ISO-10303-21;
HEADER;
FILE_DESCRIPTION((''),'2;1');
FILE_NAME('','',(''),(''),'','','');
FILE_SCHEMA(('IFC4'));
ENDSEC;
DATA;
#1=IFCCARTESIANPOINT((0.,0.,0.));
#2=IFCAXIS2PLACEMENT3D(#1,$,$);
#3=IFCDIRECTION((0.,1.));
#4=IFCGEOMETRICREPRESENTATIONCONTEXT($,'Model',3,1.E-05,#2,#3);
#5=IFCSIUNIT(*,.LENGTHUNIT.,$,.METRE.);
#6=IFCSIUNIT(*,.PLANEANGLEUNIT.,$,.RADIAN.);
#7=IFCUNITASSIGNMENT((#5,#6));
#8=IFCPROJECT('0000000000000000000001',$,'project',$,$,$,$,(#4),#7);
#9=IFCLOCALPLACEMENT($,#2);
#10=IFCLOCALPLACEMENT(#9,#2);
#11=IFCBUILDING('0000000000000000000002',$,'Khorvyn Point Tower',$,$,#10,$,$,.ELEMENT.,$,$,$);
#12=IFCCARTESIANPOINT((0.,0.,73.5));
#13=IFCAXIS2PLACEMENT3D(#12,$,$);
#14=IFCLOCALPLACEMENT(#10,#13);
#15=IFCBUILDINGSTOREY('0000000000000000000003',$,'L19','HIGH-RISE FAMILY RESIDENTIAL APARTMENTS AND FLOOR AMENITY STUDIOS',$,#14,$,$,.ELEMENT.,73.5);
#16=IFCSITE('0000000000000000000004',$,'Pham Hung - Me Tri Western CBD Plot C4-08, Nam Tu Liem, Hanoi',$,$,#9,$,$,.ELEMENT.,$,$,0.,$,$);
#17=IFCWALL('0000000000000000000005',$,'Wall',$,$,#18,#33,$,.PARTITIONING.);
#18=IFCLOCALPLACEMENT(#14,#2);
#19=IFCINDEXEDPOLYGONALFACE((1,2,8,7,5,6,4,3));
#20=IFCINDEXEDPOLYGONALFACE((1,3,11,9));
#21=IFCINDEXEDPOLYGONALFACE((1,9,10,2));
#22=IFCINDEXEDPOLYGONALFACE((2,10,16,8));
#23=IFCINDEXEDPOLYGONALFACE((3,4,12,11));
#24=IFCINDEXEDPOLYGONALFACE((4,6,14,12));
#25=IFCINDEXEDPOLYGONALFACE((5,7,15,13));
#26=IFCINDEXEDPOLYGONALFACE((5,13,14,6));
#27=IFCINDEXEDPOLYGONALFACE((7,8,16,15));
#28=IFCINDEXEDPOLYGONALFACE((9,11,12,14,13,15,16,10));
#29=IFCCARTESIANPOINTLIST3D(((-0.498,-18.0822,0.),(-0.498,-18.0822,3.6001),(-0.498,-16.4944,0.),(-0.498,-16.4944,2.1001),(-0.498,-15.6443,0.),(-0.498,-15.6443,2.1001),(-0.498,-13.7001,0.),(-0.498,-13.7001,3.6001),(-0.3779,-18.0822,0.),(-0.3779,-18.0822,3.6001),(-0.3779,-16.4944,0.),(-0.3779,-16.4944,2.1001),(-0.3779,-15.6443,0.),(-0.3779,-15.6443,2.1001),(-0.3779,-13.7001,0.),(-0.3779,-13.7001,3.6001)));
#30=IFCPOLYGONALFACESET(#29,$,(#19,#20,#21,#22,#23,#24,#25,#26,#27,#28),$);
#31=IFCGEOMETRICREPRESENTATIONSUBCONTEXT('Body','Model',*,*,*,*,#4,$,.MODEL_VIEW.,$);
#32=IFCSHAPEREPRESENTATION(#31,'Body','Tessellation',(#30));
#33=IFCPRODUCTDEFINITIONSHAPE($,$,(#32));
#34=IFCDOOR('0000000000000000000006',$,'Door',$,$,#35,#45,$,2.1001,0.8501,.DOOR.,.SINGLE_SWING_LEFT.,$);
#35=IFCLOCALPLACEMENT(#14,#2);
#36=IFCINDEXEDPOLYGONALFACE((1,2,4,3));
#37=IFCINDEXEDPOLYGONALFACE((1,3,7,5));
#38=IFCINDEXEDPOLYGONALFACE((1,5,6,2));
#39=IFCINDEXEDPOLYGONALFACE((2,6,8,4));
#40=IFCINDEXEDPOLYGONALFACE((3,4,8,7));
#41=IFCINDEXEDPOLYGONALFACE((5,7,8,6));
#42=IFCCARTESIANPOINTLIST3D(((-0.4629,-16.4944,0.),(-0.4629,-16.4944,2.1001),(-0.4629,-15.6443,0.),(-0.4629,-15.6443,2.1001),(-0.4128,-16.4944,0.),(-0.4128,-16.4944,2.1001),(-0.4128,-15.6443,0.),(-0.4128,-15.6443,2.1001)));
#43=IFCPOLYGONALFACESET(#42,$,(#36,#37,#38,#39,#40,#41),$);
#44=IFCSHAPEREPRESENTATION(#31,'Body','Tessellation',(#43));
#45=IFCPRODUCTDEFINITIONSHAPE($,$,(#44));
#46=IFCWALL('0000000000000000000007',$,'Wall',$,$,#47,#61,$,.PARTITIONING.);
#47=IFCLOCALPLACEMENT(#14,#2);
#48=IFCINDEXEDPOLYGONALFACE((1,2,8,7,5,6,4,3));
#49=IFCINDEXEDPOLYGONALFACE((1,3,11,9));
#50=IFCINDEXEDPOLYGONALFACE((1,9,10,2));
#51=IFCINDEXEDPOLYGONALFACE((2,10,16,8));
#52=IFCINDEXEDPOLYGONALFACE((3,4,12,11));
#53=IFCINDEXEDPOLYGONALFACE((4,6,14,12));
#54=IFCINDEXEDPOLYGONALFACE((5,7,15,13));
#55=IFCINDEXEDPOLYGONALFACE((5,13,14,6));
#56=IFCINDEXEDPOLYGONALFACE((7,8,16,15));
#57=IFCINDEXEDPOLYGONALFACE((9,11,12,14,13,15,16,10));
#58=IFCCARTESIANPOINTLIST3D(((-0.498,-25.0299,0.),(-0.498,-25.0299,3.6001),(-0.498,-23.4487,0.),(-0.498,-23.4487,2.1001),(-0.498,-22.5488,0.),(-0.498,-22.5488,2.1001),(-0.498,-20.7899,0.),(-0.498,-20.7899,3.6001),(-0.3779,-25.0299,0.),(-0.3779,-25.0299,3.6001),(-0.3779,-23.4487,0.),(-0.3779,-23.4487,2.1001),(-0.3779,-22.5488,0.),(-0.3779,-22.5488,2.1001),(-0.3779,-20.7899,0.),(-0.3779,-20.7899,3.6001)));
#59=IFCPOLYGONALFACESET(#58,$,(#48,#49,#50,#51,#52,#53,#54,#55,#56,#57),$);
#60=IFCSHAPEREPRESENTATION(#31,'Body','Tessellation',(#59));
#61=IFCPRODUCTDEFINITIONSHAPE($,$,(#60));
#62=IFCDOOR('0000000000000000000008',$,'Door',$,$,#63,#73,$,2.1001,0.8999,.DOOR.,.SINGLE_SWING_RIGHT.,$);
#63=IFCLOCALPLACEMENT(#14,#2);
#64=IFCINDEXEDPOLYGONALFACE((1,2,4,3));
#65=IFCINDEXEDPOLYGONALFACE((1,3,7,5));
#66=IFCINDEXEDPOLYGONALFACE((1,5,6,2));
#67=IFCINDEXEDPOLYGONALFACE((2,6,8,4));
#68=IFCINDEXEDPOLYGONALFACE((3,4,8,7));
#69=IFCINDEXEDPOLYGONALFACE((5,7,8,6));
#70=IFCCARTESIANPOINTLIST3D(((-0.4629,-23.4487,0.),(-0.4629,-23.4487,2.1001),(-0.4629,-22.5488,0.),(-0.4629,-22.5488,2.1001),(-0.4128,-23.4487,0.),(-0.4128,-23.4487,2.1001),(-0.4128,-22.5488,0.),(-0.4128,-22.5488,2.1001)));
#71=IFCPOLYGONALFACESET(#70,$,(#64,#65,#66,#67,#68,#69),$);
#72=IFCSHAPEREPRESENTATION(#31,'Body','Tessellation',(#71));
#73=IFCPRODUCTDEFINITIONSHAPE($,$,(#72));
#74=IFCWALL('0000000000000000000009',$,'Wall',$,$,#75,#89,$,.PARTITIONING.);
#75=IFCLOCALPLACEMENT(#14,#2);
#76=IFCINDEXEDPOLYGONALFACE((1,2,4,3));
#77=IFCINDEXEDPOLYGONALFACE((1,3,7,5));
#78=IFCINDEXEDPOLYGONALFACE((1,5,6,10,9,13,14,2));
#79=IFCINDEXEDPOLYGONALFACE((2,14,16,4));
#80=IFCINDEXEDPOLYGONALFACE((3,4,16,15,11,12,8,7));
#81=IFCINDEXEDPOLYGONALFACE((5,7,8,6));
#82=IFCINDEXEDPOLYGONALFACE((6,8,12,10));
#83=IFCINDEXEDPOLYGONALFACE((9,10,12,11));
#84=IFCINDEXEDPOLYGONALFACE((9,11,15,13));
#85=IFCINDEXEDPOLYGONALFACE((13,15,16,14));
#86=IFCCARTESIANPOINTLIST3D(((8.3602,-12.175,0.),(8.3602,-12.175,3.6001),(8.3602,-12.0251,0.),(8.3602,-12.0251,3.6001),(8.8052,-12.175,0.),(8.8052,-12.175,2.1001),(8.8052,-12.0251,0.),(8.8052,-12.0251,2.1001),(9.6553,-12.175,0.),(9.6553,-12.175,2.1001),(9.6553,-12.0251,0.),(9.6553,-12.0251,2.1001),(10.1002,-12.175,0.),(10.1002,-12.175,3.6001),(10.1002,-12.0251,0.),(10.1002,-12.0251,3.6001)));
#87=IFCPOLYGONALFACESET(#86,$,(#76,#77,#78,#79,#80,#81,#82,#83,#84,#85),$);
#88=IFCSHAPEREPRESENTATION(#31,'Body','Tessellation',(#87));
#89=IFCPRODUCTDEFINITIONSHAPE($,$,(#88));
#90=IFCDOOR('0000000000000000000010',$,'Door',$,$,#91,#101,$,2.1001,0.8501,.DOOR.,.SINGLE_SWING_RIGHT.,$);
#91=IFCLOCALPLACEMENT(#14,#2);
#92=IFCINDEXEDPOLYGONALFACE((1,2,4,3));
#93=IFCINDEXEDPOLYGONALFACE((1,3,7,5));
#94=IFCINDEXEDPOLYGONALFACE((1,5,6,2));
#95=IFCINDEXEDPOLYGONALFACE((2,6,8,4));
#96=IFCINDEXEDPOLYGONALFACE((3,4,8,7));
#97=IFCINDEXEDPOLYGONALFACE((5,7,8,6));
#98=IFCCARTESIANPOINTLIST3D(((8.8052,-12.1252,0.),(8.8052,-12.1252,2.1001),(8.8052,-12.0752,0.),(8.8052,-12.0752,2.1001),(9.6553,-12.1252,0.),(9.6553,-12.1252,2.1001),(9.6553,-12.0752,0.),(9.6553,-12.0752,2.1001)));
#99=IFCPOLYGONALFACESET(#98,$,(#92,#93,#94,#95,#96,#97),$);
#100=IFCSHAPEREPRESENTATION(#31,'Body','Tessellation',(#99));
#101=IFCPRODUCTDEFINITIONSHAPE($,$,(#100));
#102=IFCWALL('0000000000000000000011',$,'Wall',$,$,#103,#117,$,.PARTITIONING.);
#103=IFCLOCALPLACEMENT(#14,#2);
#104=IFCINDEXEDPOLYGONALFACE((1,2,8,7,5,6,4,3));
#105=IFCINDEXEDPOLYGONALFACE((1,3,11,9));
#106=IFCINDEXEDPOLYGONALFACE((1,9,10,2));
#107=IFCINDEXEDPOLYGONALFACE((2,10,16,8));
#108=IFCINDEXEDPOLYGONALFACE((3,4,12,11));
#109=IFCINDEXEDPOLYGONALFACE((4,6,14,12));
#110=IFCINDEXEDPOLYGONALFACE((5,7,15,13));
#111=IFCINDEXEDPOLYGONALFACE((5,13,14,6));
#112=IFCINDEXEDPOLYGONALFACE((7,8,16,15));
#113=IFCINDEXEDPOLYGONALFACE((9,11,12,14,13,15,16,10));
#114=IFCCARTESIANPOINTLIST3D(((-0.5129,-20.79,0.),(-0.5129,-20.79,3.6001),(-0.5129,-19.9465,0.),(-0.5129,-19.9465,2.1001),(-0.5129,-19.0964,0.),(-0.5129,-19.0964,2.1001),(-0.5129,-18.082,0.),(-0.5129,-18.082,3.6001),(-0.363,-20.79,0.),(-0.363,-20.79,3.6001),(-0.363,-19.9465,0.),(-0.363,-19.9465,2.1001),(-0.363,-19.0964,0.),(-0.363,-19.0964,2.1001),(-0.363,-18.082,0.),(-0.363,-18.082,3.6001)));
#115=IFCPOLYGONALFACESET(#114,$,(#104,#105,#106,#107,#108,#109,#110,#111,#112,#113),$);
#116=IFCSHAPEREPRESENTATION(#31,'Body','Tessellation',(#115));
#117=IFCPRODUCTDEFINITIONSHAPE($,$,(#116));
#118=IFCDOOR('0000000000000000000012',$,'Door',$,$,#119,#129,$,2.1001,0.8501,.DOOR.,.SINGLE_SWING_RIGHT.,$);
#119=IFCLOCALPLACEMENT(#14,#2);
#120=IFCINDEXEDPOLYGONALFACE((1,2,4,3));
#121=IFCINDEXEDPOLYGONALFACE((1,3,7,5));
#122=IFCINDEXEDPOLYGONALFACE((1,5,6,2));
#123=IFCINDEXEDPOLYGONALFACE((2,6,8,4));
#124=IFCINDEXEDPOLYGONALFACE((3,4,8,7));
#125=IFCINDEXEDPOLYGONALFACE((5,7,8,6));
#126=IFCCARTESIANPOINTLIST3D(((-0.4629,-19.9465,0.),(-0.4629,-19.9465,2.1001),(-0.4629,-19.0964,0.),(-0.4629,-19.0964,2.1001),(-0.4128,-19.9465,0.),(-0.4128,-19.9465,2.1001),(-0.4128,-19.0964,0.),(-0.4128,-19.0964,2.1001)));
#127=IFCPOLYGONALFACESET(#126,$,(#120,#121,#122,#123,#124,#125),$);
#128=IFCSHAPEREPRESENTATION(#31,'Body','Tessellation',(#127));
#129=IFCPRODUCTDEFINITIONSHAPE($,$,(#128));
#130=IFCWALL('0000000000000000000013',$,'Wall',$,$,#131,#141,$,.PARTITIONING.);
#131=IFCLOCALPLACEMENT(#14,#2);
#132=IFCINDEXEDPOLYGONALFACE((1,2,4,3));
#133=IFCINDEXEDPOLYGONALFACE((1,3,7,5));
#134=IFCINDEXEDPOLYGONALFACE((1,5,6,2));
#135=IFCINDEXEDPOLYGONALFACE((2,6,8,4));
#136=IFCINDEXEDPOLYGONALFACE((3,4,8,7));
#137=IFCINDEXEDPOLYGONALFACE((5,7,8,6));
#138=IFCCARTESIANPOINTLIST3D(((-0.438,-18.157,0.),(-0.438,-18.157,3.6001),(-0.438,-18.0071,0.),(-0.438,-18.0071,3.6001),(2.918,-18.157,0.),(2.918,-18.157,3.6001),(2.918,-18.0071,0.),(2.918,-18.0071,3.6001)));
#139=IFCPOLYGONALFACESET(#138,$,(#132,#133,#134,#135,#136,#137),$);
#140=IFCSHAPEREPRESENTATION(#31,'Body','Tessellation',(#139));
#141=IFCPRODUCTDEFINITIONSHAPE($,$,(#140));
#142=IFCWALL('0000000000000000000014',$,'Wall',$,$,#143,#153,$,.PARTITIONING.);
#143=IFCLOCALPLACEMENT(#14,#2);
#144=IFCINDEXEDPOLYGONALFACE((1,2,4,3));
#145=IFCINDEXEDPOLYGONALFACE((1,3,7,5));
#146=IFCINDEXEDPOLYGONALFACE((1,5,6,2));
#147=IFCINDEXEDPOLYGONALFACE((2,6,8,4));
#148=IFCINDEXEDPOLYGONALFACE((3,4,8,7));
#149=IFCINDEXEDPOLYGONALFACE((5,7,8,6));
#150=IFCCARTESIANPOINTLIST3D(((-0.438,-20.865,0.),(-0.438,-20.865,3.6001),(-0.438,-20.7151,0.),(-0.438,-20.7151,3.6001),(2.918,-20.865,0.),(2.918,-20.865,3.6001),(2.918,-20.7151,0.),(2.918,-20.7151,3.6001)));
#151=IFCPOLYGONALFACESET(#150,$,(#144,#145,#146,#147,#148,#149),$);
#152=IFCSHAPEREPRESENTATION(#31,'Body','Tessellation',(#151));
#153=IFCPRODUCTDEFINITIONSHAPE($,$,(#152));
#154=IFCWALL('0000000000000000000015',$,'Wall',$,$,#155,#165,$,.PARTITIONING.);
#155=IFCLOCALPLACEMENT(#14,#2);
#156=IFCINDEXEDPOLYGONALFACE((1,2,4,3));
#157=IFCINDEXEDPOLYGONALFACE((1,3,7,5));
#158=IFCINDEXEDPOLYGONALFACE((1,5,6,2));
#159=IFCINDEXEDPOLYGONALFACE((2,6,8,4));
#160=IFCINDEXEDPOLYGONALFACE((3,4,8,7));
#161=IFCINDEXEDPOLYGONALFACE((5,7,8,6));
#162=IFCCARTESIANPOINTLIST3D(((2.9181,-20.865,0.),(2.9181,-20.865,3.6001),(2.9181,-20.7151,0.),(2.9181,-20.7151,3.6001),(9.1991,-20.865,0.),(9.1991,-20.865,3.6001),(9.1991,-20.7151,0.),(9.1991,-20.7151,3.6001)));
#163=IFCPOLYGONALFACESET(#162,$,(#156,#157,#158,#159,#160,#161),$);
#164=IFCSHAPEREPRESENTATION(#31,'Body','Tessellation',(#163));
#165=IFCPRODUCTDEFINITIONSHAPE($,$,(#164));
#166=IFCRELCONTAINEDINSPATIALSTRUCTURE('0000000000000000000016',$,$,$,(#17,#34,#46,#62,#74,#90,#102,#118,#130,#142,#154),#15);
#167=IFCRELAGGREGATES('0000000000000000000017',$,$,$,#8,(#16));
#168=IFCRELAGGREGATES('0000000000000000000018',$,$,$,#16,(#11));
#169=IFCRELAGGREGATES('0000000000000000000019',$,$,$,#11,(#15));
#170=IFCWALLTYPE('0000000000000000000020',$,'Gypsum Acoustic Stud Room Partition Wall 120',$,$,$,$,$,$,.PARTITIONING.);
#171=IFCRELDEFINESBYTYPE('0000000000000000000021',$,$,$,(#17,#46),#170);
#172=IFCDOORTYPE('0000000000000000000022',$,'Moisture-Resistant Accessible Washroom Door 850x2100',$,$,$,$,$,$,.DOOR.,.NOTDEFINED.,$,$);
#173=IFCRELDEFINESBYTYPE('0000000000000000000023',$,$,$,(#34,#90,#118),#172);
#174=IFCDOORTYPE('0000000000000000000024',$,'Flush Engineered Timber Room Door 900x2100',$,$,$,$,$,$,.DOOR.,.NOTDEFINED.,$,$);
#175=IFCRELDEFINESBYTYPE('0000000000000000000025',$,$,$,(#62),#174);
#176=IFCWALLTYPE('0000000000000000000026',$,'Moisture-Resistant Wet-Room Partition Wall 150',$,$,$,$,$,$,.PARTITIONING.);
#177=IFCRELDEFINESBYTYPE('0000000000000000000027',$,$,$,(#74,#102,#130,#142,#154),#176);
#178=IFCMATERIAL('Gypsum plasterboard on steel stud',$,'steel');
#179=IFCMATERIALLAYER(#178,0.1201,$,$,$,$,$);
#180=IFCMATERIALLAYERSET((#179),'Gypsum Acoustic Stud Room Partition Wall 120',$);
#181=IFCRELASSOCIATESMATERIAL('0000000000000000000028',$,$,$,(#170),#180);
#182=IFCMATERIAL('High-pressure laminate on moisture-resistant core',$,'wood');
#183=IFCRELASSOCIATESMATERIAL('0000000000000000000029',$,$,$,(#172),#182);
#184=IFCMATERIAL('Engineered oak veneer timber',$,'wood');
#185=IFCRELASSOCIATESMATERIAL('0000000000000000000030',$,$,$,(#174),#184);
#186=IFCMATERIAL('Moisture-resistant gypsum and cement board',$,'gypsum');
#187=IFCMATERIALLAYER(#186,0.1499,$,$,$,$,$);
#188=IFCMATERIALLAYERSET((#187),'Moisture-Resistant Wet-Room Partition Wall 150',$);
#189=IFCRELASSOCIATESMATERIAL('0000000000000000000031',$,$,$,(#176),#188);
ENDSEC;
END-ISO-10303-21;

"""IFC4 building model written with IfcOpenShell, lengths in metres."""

from ifc_helpers import new_model, si_unit, direction, frame, frame_2d, origin, place, context, subcontext, project, spatial, rectangle, extrude, material, layer, layer_set, type_object, element, fill, save


model = new_model("IFC4")

# Units and contexts
model_context = context("Model", 3, precision=1e-05, world=origin(), true_north=direction((0.0, 1.0)))
body_context = subcontext(model_context, "Body", "Model", "MODEL_VIEW")
ifc_project = project(units=[si_unit("LENGTHUNIT", "METRE"), si_unit("PLANEANGLEUNIT", "RADIAN")], contexts=[model_context])

# Site, building, storey
site_placement = place(None, origin())
site = spatial("IfcSite", under=ifc_project, at=site_placement, Name="Pham Hung - Me Tri Western CBD Plot C4-08, Nam Tu Liem, Hanoi", CompositionType="ELEMENT", RefElevation=0.0)
building_placement = place(site_placement, origin())
building = spatial("IfcBuilding", under=site, at=building_placement, Name="Khorvyn Point Tower", CompositionType="ELEMENT")
storey_placement = place(building_placement, frame((0.0, 0.0, 73.5)))
storey = spatial("IfcBuildingStorey", under=building, at=storey_placement, Name="L19", Description="HIGH-RISE FAMILY RESIDENTIAL APARTMENTS AND FLOOR AMENITY STUDIOS", CompositionType="ELEMENT", Elevation=73.5)

# Walls, openings, doors
ifc_material_1 = material(Name="Gypsum plasterboard on steel stud", Category="steel")
ifc_layer_1 = layer(ifc_material_1, 0.1201)
ifc_layer_set_1 = layer_set([ifc_layer_1], Name="Gypsum Acoustic Stud Room Partition Wall 120")
wall_type_1 = type_object("IfcWallType", Name="Gypsum Acoustic Stud Room Partition Wall 120", PredefinedType="PARTITIONING", material=ifc_layer_set_1)
wall_1_placement = place(storey_placement, frame((-0.438, -18.082, 0.0), z_axis=(0.0, 0.0, 1.0), x_axis=(0.0, 1.0, 0.0)))
wall_1 = element("IfcWall", 1, at=wall_1_placement, inside=storey, type_object=wall_type_1, Name="Wall", PredefinedType="PARTITIONING", context=body_context, shape_type="SweptSolid", body=[
    extrude(rectangle(XDim=4.3821, YDim=0.1201, at=frame_2d((2.1909, 0.0))), origin(), (0.0, 0.0, 1.0), 3.6001),
])
opening_1_placement = place(wall_1_placement, frame((1.5876, 0.0, 0.0)))
opening_1 = element("IfcOpeningElement", 2, at=opening_1_placement, cuts=wall_1, PredefinedType="OPENING", context=body_context, shape_type="SweptSolid", body=[
    extrude(rectangle(XDim=0.8501, YDim=2.1001, at=frame_2d((0.425, 1.05))), frame((0.0, 0.0701, 0.0), z_axis=(0.0, -1.0, 0.0), x_axis=(1.0, 0.0, 0.0)), (0.0, 0.0, 1.0), 0.1401),
])
ifc_material_2 = material(Name="High-pressure laminate on moisture-resistant core", Category="wood")
door_type_1 = type_object("IfcDoorType", Name="Moisture-Resistant Accessible Washroom Door 850x2100", OperationType="NOTDEFINED", PredefinedType="DOOR", material=ifc_material_2)
door_1_placement = place(opening_1_placement, origin())
door_1 = element("IfcDoor", 3, at=door_1_placement, inside=storey, type_object=door_type_1, Name="Door", OperationType="SINGLE_SWING_LEFT", OverallHeight=2.1001, OverallWidth=0.8501, PredefinedType="DOOR", context=body_context, shape_type="SweptSolid", body=[
    extrude(rectangle(XDim=0.8501, YDim=2.1001, at=frame_2d((0.425, 1.05))), frame((0.0, 0.0249, 0.0), z_axis=(0.0, -1.0, 0.0), x_axis=(1.0, 0.0, 0.0)), (0.0, 0.0, 1.0), 0.05),
])
fill(opening_1, door_1)
wall_2_placement = place(storey_placement, frame((-0.438, -25.03, 0.0), z_axis=(0.0, 0.0, 1.0), x_axis=(0.0, 1.0, 0.0)))
wall_2 = element("IfcWall", 4, at=wall_2_placement, inside=storey, type_object=wall_type_1, Name="Wall", PredefinedType="PARTITIONING", context=body_context, shape_type="SweptSolid", body=[
    extrude(rectangle(XDim=4.24, YDim=0.1201, at=frame_2d((2.1201, 0.0))), origin(), (0.0, 0.0, 1.0), 3.6001),
])
opening_2_placement = place(wall_2_placement, frame((1.5813, 0.0, 0.0)))
opening_2 = element("IfcOpeningElement", 5, at=opening_2_placement, cuts=wall_2, PredefinedType="OPENING", context=body_context, shape_type="SweptSolid", body=[
    extrude(rectangle(XDim=0.8999, YDim=2.1001, at=frame_2d((0.45, 1.05))), frame((0.0, 0.0701, 0.0), z_axis=(0.0, -1.0, 0.0), x_axis=(1.0, 0.0, 0.0)), (0.0, 0.0, 1.0), 0.1401),
])
ifc_material_3 = material(Name="Engineered oak veneer timber", Category="wood")
door_type_2 = type_object("IfcDoorType", Name="Flush Engineered Timber Room Door 900x2100", OperationType="NOTDEFINED", PredefinedType="DOOR", material=ifc_material_3)
door_2_placement = place(opening_2_placement, origin())
door_2 = element("IfcDoor", 6, at=door_2_placement, inside=storey, type_object=door_type_2, Name="Door", OperationType="SINGLE_SWING_RIGHT", OverallHeight=2.1001, OverallWidth=0.8999, PredefinedType="DOOR", context=body_context, shape_type="SweptSolid", body=[
    extrude(rectangle(XDim=0.8999, YDim=2.1001, at=frame_2d((0.45, 1.05))), frame((0.0, 0.0249, 0.0), z_axis=(0.0, -1.0, 0.0), x_axis=(1.0, 0.0, 0.0)), (0.0, 0.0, 1.0), 0.05),
])
fill(opening_2, door_2)
ifc_material_4 = material(Name="Moisture-resistant gypsum and cement board", Category="gypsum")
ifc_layer_2 = layer(ifc_material_4, 0.1499)
ifc_layer_set_2 = layer_set([ifc_layer_2], Name="Moisture-Resistant Wet-Room Partition Wall 150")
wall_type_2 = type_object("IfcWallType", Name="Moisture-Resistant Wet-Room Partition Wall 150", PredefinedType="PARTITIONING", material=ifc_layer_set_2)
wall_3_placement = place(storey_placement, frame((8.3601, -12.1001, 0.0), z_axis=(0.0, 0.0, 1.0), x_axis=(1.0, 0.0, 0.0)))
wall_3 = element("IfcWall", 7, at=wall_3_placement, inside=storey, type_object=wall_type_2, Name="Wall", PredefinedType="PARTITIONING", context=body_context, shape_type="SweptSolid", body=[
    extrude(rectangle(XDim=1.74, YDim=0.1499, at=frame_2d((0.8701, 0.0))), origin(), (0.0, 0.0, 1.0), 3.6001),
])
opening_3_placement = place(wall_3_placement, frame((0.4451, 0.0, 0.0)))
opening_3 = element("IfcOpeningElement", 8, at=opening_3_placement, cuts=wall_3, PredefinedType="OPENING", context=body_context, shape_type="SweptSolid", body=[
    extrude(rectangle(XDim=0.8501, YDim=2.1001, at=frame_2d((0.425, 1.05))), frame((0.0, 0.085, 0.0), z_axis=(0.0, -1.0, 0.0), x_axis=(1.0, 0.0, 0.0)), (0.0, 0.0, 1.0), 0.1699),
])
door_3_placement = place(opening_3_placement, origin())
door_3 = element("IfcDoor", 9, at=door_3_placement, inside=storey, type_object=door_type_1, Name="Door", OperationType="SINGLE_SWING_RIGHT", OverallHeight=2.1001, OverallWidth=0.8501, PredefinedType="DOOR", context=body_context, shape_type="SweptSolid", body=[
    extrude(rectangle(XDim=0.8501, YDim=2.1001, at=frame_2d((0.425, 1.05))), frame((0.0, 0.0249, 0.0), z_axis=(0.0, -1.0, 0.0), x_axis=(1.0, 0.0, 0.0)), (0.0, 0.0, 1.0), 0.05),
])
fill(opening_3, door_3)
wall_4_placement = place(storey_placement, frame((-0.438, -20.79, 0.0), z_axis=(0.0, 0.0, 1.0), x_axis=(0.0, 1.0, 0.0)))
wall_4 = element("IfcWall", 10, at=wall_4_placement, inside=storey, type_object=wall_type_2, Name="Wall", PredefinedType="PARTITIONING", context=body_context, shape_type="SweptSolid", body=[
    extrude(rectangle(XDim=2.708, YDim=0.1499, at=frame_2d((1.354, 0.0))), origin(), (0.0, 0.0, 1.0), 3.6001),
])
opening_4_placement = place(wall_4_placement, frame((0.8435, 0.0, 0.0)))
opening_4 = element("IfcOpeningElement", 11, at=opening_4_placement, cuts=wall_4, PredefinedType="OPENING", context=body_context, shape_type="SweptSolid", body=[
    extrude(rectangle(XDim=0.8501, YDim=2.1001, at=frame_2d((0.425, 1.05))), frame((0.0, 0.085, 0.0), z_axis=(0.0, -1.0, 0.0), x_axis=(1.0, 0.0, 0.0)), (0.0, 0.0, 1.0), 0.1699),
])
door_4_placement = place(opening_4_placement, origin())
door_4 = element("IfcDoor", 12, at=door_4_placement, inside=storey, type_object=door_type_1, Name="Door", OperationType="SINGLE_SWING_RIGHT", OverallHeight=2.1001, OverallWidth=0.8501, PredefinedType="DOOR", context=body_context, shape_type="SweptSolid", body=[
    extrude(rectangle(XDim=0.8501, YDim=2.1001, at=frame_2d((0.425, 1.05))), frame((0.0, 0.0249, 0.0), z_axis=(0.0, -1.0, 0.0), x_axis=(1.0, 0.0, 0.0)), (0.0, 0.0, 1.0), 0.05),
])
fill(opening_4, door_4)

# Walls
for number, where, z_axis, x_axis, name in (
    (13, (-0.438, -18.082, 0.0), (0.0, 0.0, 1.0), (1.0, 0.0, 0.0), "Wall"),
    (14, (-0.438, -20.79, 0.0), (0.0, 0.0, 1.0), (1.0, 0.0, 0.0), "Wall"),
):
    element("IfcWall", number, at=place(storey_placement, frame(where, z_axis=z_axis, x_axis=x_axis)), inside=storey, type_object=wall_type_2, Name=name, PredefinedType="PARTITIONING", context=body_context, shape_type="SweptSolid", body=[
        extrude(rectangle(XDim=3.356, YDim=0.1499, at=frame_2d((1.678, 0.0))), origin(), (0.0, 0.0, 1.0), 3.6001),
    ])
wall_5_placement = place(storey_placement, frame((2.918, -20.79, 0.0), z_axis=(0.0, 0.0, 1.0), x_axis=(1.0, 0.0, 0.0)))
element("IfcWall", 15, at=wall_5_placement, inside=storey, type_object=wall_type_2, Name="Wall", PredefinedType="PARTITIONING", context=body_context, shape_type="SweptSolid", body=[
    extrude(rectangle(XDim=6.281, YDim=0.1499, at=frame_2d((3.1406, 0.0))), origin(), (0.0, 0.0, 1.0), 3.6001),
])

save(model, "model.ifc")
